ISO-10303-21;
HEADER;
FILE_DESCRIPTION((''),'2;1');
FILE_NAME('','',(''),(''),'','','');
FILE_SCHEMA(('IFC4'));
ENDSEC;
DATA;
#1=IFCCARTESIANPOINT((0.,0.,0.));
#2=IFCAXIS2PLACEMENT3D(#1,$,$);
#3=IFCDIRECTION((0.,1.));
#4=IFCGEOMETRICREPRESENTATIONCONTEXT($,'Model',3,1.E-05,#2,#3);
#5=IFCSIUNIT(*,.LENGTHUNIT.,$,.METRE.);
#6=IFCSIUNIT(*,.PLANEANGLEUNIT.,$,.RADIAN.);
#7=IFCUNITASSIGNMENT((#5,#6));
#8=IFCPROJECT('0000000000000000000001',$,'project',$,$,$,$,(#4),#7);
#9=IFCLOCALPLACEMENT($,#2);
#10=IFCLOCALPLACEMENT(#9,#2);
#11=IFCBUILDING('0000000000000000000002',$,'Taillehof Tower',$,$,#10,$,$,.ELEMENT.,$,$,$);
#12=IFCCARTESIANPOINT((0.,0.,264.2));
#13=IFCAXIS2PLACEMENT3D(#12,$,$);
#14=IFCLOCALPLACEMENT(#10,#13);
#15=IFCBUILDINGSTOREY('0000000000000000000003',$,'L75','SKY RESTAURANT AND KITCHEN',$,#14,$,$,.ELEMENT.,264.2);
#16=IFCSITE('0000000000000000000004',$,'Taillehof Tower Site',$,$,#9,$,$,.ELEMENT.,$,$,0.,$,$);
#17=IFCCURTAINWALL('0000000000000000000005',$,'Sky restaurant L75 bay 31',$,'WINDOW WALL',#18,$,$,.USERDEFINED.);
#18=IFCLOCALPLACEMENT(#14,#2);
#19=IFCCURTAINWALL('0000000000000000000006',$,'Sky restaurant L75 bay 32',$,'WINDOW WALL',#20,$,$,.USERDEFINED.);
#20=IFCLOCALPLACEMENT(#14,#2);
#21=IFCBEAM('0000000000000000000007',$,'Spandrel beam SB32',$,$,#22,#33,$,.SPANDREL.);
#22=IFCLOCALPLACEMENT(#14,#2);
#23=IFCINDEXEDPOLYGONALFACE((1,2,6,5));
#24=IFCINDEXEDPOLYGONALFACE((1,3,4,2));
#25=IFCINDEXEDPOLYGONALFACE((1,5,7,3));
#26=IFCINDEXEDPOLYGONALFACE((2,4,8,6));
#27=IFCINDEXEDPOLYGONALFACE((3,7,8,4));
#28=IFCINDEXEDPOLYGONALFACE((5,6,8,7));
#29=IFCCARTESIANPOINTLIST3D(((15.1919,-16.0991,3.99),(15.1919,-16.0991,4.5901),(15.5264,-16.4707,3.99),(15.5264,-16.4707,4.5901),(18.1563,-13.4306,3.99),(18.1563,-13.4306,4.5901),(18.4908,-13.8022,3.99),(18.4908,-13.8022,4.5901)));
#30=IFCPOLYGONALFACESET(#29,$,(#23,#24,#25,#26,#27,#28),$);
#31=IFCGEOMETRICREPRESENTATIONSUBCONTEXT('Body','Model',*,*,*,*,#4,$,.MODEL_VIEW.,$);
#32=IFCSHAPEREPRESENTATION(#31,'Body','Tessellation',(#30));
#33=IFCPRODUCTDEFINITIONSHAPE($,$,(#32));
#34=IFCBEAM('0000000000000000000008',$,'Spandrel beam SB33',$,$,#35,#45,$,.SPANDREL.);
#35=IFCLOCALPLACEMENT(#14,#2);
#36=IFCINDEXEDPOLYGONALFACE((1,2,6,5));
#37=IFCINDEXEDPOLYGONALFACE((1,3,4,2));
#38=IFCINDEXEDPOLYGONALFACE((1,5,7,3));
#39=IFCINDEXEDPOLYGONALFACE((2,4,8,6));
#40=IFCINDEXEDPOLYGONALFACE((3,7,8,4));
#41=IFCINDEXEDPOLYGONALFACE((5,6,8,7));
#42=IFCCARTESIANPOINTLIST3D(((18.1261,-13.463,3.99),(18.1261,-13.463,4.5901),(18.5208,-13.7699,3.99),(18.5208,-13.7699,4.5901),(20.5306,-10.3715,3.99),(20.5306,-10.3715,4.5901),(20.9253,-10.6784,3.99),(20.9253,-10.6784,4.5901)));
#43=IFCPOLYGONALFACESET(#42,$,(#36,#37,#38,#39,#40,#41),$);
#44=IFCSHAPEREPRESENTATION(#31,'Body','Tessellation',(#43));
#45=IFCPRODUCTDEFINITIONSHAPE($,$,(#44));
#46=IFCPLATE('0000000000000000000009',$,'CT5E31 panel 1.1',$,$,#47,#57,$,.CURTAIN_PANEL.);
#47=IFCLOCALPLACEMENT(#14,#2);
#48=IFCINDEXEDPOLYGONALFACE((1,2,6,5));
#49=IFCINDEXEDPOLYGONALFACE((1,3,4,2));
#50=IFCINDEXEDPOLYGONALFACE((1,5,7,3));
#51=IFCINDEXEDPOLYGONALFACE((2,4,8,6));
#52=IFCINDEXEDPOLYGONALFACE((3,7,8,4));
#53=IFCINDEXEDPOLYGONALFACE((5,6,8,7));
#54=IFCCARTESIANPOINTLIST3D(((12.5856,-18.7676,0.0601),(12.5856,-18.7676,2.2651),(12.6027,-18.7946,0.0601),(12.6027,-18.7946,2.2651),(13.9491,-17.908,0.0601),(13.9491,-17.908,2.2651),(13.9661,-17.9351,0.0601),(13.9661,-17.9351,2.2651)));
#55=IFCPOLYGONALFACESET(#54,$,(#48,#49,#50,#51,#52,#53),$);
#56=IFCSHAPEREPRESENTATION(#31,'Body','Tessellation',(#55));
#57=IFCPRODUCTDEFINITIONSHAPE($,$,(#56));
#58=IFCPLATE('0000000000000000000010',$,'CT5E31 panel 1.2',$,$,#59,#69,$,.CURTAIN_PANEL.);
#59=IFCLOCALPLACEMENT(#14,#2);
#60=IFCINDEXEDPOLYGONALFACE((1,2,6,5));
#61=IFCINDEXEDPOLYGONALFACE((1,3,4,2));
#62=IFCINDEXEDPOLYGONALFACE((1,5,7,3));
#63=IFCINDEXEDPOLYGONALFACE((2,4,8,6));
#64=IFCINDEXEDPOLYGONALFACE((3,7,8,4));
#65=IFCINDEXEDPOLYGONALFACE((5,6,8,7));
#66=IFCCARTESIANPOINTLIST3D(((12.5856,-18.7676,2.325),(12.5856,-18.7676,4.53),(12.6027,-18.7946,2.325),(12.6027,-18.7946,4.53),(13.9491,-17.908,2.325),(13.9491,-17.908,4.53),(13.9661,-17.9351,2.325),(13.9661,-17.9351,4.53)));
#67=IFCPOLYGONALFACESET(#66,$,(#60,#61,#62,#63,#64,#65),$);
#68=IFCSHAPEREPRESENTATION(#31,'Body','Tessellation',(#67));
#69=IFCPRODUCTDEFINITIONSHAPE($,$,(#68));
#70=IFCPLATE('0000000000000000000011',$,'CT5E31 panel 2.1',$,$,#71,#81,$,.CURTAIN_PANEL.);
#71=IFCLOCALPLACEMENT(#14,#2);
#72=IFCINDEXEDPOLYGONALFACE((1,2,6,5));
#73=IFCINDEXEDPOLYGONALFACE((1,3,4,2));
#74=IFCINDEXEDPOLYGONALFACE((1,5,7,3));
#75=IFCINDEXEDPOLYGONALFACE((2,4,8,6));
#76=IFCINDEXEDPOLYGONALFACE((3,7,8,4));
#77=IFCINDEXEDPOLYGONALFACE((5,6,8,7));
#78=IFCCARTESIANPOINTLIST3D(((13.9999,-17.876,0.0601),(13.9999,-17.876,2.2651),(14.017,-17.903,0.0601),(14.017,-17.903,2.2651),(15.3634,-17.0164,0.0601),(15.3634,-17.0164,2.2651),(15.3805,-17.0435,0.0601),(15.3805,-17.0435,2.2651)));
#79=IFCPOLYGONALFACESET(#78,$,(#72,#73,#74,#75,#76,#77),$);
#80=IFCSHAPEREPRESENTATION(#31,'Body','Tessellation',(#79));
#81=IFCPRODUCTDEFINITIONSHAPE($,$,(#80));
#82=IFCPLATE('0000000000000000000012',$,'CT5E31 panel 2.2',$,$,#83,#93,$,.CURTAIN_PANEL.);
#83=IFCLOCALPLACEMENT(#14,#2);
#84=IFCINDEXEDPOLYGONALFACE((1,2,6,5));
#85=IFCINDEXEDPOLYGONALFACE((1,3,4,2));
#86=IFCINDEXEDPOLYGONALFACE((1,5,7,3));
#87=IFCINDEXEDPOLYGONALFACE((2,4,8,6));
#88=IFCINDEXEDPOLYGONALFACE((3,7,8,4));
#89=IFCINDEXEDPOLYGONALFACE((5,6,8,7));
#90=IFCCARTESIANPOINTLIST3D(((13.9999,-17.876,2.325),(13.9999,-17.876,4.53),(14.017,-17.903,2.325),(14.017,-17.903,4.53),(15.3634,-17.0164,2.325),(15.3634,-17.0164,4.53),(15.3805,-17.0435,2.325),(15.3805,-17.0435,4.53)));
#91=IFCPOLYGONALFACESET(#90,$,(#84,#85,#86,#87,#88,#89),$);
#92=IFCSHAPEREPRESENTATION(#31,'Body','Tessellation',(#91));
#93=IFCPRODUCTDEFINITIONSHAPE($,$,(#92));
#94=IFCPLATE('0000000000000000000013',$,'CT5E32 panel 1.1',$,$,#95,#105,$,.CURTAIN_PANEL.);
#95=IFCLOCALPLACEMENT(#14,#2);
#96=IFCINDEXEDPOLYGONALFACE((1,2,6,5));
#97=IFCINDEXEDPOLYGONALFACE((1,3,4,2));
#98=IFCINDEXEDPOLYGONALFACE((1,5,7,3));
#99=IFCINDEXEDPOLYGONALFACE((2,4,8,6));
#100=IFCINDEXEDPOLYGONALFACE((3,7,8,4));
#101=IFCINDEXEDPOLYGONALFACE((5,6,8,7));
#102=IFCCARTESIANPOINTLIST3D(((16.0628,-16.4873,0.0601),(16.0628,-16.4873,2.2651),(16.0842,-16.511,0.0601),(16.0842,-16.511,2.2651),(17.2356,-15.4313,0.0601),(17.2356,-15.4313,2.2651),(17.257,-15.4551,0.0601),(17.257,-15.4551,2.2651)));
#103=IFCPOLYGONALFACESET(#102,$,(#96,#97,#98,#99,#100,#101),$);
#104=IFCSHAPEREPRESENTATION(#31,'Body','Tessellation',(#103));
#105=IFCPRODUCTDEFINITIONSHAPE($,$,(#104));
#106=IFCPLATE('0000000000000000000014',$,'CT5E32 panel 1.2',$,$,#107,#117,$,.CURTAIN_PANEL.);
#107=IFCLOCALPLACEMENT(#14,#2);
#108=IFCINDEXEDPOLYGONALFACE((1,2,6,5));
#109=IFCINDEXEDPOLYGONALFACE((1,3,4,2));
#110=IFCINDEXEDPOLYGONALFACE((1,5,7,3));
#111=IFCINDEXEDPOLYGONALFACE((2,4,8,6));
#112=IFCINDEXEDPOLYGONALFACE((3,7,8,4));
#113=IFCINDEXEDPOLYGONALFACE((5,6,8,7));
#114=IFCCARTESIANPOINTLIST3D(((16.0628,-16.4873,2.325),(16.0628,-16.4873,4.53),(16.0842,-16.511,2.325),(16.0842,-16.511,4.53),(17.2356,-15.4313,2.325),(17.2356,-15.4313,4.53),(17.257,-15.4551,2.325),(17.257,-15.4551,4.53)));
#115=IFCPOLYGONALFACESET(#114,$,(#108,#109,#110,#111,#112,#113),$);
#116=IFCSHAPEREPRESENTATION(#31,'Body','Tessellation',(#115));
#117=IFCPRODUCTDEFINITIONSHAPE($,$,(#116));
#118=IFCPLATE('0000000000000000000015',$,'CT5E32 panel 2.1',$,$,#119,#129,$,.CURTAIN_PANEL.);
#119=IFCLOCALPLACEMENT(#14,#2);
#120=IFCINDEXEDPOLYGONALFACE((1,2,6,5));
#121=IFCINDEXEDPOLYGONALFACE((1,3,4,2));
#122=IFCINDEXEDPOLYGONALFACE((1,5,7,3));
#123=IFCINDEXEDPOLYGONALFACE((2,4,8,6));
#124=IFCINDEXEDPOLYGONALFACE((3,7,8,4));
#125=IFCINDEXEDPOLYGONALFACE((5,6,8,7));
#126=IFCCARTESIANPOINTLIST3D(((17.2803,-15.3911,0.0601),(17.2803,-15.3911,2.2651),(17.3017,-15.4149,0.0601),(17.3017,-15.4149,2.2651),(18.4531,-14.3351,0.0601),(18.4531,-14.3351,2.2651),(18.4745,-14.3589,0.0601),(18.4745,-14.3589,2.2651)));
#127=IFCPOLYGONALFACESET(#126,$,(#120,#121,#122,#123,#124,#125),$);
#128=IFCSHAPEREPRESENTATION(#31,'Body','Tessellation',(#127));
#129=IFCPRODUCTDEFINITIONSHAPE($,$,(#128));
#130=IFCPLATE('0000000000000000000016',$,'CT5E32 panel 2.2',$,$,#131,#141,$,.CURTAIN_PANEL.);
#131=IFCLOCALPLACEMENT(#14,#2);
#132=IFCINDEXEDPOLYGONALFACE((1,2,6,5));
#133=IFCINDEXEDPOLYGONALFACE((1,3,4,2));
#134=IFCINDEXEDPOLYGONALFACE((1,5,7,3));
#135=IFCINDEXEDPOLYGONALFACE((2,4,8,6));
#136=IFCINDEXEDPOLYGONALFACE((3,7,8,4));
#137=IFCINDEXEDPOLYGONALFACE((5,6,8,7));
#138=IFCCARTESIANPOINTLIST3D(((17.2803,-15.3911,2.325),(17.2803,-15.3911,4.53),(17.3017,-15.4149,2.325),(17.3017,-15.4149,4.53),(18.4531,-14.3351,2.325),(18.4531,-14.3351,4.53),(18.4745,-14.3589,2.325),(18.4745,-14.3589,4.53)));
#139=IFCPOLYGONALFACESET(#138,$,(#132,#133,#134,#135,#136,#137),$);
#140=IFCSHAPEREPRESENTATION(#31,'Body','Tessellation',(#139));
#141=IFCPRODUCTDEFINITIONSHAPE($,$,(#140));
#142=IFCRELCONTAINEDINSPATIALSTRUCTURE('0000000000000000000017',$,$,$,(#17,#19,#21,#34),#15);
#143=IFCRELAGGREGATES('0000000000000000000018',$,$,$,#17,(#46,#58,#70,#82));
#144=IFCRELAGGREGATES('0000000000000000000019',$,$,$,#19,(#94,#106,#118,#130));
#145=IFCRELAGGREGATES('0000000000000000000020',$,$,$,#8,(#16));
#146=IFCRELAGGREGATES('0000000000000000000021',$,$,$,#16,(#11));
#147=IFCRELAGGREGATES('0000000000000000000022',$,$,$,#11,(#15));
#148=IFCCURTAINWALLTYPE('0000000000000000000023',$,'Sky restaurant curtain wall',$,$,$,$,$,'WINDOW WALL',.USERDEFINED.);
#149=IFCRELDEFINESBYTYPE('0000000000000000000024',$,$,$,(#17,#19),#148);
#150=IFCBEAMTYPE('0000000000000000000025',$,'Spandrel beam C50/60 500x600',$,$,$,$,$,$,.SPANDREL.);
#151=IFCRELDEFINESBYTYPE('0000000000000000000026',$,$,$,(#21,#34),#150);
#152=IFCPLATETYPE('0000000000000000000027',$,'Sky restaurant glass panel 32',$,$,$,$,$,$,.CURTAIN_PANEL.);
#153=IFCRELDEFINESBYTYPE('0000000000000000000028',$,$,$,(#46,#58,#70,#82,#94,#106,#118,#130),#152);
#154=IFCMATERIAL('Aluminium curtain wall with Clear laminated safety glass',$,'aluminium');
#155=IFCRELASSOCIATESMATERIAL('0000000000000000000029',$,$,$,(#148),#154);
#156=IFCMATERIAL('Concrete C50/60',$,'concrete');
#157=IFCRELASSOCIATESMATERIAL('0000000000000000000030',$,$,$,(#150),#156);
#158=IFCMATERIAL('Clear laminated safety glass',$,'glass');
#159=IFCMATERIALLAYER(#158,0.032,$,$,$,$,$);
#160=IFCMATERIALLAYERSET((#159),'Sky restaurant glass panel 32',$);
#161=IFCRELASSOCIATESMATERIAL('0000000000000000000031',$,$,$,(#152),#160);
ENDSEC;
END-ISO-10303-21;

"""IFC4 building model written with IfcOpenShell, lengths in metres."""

from ifc_helpers import new_model, si_unit, direction, frame, origin, origin_2d, place, context, subcontext, project, spatial, rectangle, extrude, material, layer, layer_set, material_profile, profile_set, type_object, element, aggregate, save


model = new_model("IFC4")

# Units and contexts
model_context = context("Model", 3, precision=1e-05, world=origin(), true_north=direction((0.0, 1.0)))
body_context = subcontext(model_context, "Body", "Model", "MODEL_VIEW")
ifc_project = project(units=[si_unit("LENGTHUNIT", "METRE"), si_unit("PLANEANGLEUNIT", "RADIAN")], contexts=[model_context])

# Site, building, storey
site_placement = place(None, origin())
site = spatial("IfcSite", under=ifc_project, at=site_placement, Name="Taillehof Tower Site", CompositionType="ELEMENT", RefElevation=0.0)
building_placement = place(site_placement, origin())
building = spatial("IfcBuilding", under=site, at=building_placement, Name="Taillehof Tower", CompositionType="ELEMENT")
storey_placement = place(building_placement, frame((0.0, 0.0, 264.2)))
storey = spatial("IfcBuildingStorey", under=building, at=storey_placement, Name="L75", Description="SKY RESTAURANT AND KITCHEN", CompositionType="ELEMENT", Elevation=264.2)

# Shared definitions
ifc_material_1 = material(Name="Aluminium curtain wall with Clear laminated safety glass", Category="aluminium")
curtain_wall_type = type_object("IfcCurtainWallType", Name="Sky restaurant curtain wall", ElementType="WINDOW WALL", PredefinedType="USERDEFINED", material=ifc_material_1)

# Curtain walls
curtain_wall_1_placement = place(storey_placement, origin())
curtain_wall_1 = element("IfcCurtainWall", 1, at=curtain_wall_1_placement, inside=storey, type_object=curtain_wall_type, Name="Sky restaurant L75 bay 31", ObjectType="WINDOW WALL", PredefinedType="USERDEFINED")
curtain_wall_2_placement = place(storey_placement, origin())
curtain_wall_2 = element("IfcCurtainWall", 2, at=curtain_wall_2_placement, inside=storey, type_object=curtain_wall_type, Name="Sky restaurant L75 bay 32", ObjectType="WINDOW WALL", PredefinedType="USERDEFINED")

# Beams
ifc_material_2 = material(Name="Concrete C50/60", Category="concrete")
ifc_material_profile_1 = material_profile(ifc_material_2, rectangle(XDim=0.5, YDim=0.6001, at=origin_2d()), Name="RC 500x600")
ifc_profile_set_1 = profile_set([ifc_material_profile_1], Name="Concrete C50/60")
beam_type_1 = type_object("IfcBeamType", Name="Spandrel beam C50/60 500x600", PredefinedType="SPANDREL", material=ifc_profile_set_1)
beam_1_placement = place(storey_placement, frame((15.3591, -16.2849, 4.29), z_axis=(0.743227, 0.669039, 0.0), x_axis=(-0.669039, 0.743227, 0.0)))
element("IfcBeam", 3, at=beam_1_placement, inside=storey, type_object=beam_type_1, Name="Spandrel beam SB32", PredefinedType="SPANDREL", context=body_context, shape_type="SweptSolid", body=[
    extrude(rectangle(XDim=0.5, YDim=0.6001, at=origin_2d()), origin(), (0.0, 0.0, 1.0), 3.9885),
])
beam_2_placement = place(storey_placement, frame((18.3235, -13.6165, 4.29), z_axis=(0.613941, 0.789352, 0.0), x_axis=(-0.789352, 0.613941, 0.0)))
element("IfcBeam", 4, at=beam_2_placement, inside=storey, type_object=beam_type_1, Name="Spandrel beam SB33", PredefinedType="SPANDREL", context=body_context, shape_type="SweptSolid", body=[
    extrude(rectangle(XDim=0.5, YDim=0.6001, at=origin_2d()), origin(), (0.0, 0.0, 1.0), 3.9165),
])

# Plates
ifc_material_3 = material(Name="Clear laminated safety glass", Category="glass")
ifc_layer = layer(ifc_material_3, 0.032)
ifc_layer_set = layer_set([ifc_layer], Name="Sky restaurant glass panel 32")
plate_type = type_object("IfcPlateType", Name="Sky restaurant glass panel 32", PredefinedType="CURTAIN_PANEL", material=ifc_layer_set)
plate_1_placement = place(storey_placement, frame((13.2759, -18.3513, 0.0601), z_axis=(0.0, 0.0, 1.0), x_axis=(0.84593, 0.533294, 0.0)))
plate_1 = element("IfcPlate", 5, at=plate_1_placement, type_object=plate_type, Name="CT5E31 panel 1.1", PredefinedType="CURTAIN_PANEL", context=body_context, shape_type="SweptSolid", body=[
    extrude(rectangle(XDim=1.6118, YDim=0.032, at=origin_2d()), origin(), (0.0, 0.0, 1.0), 2.2051),
])
plate_2_placement = place(storey_placement, frame((13.2759, -18.3513, 2.325), z_axis=(0.0, 0.0, 1.0), x_axis=(0.84593, 0.533294, 0.0)))
plate_2 = element("IfcPlate", 6, at=plate_2_placement, type_object=plate_type, Name="CT5E31 panel 1.2", PredefinedType="CURTAIN_PANEL", context=body_context, shape_type="SweptSolid", body=[
    extrude(rectangle(XDim=1.6118, YDim=0.032, at=origin_2d()), origin(), (0.0, 0.0, 1.0), 2.2051),
])
plate_3_placement = place(storey_placement, frame((14.6902, -17.4597, 0.0601), z_axis=(0.0, 0.0, 1.0), x_axis=(0.84593, 0.533294, 0.0)))
plate_3 = element("IfcPlate", 7, at=plate_3_placement, type_object=plate_type, Name="CT5E31 panel 2.1", PredefinedType="CURTAIN_PANEL", context=body_context, shape_type="SweptSolid", body=[
    extrude(rectangle(XDim=1.6118, YDim=0.032, at=origin_2d()), origin(), (0.0, 0.0, 1.0), 2.2051),
])
plate_4_placement = place(storey_placement, frame((14.6902, -17.4597, 2.325), z_axis=(0.0, 0.0, 1.0), x_axis=(0.84593, 0.533294, 0.0)))
plate_4 = element("IfcPlate", 8, at=plate_4_placement, type_object=plate_type, Name="CT5E31 panel 2.2", PredefinedType="CURTAIN_PANEL", context=body_context, shape_type="SweptSolid", body=[
    extrude(rectangle(XDim=1.6118, YDim=0.032, at=origin_2d()), origin(), (0.0, 0.0, 1.0), 2.2051),
])
aggregate(curtain_wall_1, [plate_1, plate_2, plate_3, plate_4])
plate_5_placement = place(storey_placement, frame((16.6599, -15.9712, 0.0601), z_axis=(0.0, 0.0, 1.0), x_axis=(0.743166, 0.669107, 0.0)))
plate_5 = element("IfcPlate", 9, at=plate_5_placement, type_object=plate_type, Name="CT5E32 panel 1.1", PredefinedType="CURTAIN_PANEL", context=body_context, shape_type="SweptSolid", body=[
    extrude(rectangle(XDim=1.5781, YDim=0.032, at=origin_2d()), origin(), (0.0, 0.0, 1.0), 2.2051),
])
plate_6_placement = place(storey_placement, frame((16.6599, -15.9712, 2.325), z_axis=(0.0, 0.0, 1.0), x_axis=(0.743166, 0.669107, 0.0)))
plate_6 = element("IfcPlate", 10, at=plate_6_placement, type_object=plate_type, Name="CT5E32 panel 1.2", PredefinedType="CURTAIN_PANEL", context=body_context, shape_type="SweptSolid", body=[
    extrude(rectangle(XDim=1.5781, YDim=0.032, at=origin_2d()), origin(), (0.0, 0.0, 1.0), 2.2051),
])
plate_7_placement = place(storey_placement, frame((17.8774, -14.875, 0.0601), z_axis=(0.0, 0.0, 1.0), x_axis=(0.743166, 0.669107, 0.0)))
plate_7 = element("IfcPlate", 11, at=plate_7_placement, type_object=plate_type, Name="CT5E32 panel 2.1", PredefinedType="CURTAIN_PANEL", context=body_context, shape_type="SweptSolid", body=[
    extrude(rectangle(XDim=1.5781, YDim=0.032, at=origin_2d()), origin(), (0.0, 0.0, 1.0), 2.2051),
])
plate_8_placement = place(storey_placement, frame((17.8774, -14.875, 2.325), z_axis=(0.0, 0.0, 1.0), x_axis=(0.743166, 0.669107, 0.0)))
plate_8 = element("IfcPlate", 12, at=plate_8_placement, type_object=plate_type, Name="CT5E32 panel 2.2", PredefinedType="CURTAIN_PANEL", context=body_context, shape_type="SweptSolid", body=[
    extrude(rectangle(XDim=1.5781, YDim=0.032, at=origin_2d()), origin(), (0.0, 0.0, 1.0), 2.2051),
])
aggregate(curtain_wall_2, [plate_5, plate_6, plate_7, plate_8])

save(model, "model.ifc")
